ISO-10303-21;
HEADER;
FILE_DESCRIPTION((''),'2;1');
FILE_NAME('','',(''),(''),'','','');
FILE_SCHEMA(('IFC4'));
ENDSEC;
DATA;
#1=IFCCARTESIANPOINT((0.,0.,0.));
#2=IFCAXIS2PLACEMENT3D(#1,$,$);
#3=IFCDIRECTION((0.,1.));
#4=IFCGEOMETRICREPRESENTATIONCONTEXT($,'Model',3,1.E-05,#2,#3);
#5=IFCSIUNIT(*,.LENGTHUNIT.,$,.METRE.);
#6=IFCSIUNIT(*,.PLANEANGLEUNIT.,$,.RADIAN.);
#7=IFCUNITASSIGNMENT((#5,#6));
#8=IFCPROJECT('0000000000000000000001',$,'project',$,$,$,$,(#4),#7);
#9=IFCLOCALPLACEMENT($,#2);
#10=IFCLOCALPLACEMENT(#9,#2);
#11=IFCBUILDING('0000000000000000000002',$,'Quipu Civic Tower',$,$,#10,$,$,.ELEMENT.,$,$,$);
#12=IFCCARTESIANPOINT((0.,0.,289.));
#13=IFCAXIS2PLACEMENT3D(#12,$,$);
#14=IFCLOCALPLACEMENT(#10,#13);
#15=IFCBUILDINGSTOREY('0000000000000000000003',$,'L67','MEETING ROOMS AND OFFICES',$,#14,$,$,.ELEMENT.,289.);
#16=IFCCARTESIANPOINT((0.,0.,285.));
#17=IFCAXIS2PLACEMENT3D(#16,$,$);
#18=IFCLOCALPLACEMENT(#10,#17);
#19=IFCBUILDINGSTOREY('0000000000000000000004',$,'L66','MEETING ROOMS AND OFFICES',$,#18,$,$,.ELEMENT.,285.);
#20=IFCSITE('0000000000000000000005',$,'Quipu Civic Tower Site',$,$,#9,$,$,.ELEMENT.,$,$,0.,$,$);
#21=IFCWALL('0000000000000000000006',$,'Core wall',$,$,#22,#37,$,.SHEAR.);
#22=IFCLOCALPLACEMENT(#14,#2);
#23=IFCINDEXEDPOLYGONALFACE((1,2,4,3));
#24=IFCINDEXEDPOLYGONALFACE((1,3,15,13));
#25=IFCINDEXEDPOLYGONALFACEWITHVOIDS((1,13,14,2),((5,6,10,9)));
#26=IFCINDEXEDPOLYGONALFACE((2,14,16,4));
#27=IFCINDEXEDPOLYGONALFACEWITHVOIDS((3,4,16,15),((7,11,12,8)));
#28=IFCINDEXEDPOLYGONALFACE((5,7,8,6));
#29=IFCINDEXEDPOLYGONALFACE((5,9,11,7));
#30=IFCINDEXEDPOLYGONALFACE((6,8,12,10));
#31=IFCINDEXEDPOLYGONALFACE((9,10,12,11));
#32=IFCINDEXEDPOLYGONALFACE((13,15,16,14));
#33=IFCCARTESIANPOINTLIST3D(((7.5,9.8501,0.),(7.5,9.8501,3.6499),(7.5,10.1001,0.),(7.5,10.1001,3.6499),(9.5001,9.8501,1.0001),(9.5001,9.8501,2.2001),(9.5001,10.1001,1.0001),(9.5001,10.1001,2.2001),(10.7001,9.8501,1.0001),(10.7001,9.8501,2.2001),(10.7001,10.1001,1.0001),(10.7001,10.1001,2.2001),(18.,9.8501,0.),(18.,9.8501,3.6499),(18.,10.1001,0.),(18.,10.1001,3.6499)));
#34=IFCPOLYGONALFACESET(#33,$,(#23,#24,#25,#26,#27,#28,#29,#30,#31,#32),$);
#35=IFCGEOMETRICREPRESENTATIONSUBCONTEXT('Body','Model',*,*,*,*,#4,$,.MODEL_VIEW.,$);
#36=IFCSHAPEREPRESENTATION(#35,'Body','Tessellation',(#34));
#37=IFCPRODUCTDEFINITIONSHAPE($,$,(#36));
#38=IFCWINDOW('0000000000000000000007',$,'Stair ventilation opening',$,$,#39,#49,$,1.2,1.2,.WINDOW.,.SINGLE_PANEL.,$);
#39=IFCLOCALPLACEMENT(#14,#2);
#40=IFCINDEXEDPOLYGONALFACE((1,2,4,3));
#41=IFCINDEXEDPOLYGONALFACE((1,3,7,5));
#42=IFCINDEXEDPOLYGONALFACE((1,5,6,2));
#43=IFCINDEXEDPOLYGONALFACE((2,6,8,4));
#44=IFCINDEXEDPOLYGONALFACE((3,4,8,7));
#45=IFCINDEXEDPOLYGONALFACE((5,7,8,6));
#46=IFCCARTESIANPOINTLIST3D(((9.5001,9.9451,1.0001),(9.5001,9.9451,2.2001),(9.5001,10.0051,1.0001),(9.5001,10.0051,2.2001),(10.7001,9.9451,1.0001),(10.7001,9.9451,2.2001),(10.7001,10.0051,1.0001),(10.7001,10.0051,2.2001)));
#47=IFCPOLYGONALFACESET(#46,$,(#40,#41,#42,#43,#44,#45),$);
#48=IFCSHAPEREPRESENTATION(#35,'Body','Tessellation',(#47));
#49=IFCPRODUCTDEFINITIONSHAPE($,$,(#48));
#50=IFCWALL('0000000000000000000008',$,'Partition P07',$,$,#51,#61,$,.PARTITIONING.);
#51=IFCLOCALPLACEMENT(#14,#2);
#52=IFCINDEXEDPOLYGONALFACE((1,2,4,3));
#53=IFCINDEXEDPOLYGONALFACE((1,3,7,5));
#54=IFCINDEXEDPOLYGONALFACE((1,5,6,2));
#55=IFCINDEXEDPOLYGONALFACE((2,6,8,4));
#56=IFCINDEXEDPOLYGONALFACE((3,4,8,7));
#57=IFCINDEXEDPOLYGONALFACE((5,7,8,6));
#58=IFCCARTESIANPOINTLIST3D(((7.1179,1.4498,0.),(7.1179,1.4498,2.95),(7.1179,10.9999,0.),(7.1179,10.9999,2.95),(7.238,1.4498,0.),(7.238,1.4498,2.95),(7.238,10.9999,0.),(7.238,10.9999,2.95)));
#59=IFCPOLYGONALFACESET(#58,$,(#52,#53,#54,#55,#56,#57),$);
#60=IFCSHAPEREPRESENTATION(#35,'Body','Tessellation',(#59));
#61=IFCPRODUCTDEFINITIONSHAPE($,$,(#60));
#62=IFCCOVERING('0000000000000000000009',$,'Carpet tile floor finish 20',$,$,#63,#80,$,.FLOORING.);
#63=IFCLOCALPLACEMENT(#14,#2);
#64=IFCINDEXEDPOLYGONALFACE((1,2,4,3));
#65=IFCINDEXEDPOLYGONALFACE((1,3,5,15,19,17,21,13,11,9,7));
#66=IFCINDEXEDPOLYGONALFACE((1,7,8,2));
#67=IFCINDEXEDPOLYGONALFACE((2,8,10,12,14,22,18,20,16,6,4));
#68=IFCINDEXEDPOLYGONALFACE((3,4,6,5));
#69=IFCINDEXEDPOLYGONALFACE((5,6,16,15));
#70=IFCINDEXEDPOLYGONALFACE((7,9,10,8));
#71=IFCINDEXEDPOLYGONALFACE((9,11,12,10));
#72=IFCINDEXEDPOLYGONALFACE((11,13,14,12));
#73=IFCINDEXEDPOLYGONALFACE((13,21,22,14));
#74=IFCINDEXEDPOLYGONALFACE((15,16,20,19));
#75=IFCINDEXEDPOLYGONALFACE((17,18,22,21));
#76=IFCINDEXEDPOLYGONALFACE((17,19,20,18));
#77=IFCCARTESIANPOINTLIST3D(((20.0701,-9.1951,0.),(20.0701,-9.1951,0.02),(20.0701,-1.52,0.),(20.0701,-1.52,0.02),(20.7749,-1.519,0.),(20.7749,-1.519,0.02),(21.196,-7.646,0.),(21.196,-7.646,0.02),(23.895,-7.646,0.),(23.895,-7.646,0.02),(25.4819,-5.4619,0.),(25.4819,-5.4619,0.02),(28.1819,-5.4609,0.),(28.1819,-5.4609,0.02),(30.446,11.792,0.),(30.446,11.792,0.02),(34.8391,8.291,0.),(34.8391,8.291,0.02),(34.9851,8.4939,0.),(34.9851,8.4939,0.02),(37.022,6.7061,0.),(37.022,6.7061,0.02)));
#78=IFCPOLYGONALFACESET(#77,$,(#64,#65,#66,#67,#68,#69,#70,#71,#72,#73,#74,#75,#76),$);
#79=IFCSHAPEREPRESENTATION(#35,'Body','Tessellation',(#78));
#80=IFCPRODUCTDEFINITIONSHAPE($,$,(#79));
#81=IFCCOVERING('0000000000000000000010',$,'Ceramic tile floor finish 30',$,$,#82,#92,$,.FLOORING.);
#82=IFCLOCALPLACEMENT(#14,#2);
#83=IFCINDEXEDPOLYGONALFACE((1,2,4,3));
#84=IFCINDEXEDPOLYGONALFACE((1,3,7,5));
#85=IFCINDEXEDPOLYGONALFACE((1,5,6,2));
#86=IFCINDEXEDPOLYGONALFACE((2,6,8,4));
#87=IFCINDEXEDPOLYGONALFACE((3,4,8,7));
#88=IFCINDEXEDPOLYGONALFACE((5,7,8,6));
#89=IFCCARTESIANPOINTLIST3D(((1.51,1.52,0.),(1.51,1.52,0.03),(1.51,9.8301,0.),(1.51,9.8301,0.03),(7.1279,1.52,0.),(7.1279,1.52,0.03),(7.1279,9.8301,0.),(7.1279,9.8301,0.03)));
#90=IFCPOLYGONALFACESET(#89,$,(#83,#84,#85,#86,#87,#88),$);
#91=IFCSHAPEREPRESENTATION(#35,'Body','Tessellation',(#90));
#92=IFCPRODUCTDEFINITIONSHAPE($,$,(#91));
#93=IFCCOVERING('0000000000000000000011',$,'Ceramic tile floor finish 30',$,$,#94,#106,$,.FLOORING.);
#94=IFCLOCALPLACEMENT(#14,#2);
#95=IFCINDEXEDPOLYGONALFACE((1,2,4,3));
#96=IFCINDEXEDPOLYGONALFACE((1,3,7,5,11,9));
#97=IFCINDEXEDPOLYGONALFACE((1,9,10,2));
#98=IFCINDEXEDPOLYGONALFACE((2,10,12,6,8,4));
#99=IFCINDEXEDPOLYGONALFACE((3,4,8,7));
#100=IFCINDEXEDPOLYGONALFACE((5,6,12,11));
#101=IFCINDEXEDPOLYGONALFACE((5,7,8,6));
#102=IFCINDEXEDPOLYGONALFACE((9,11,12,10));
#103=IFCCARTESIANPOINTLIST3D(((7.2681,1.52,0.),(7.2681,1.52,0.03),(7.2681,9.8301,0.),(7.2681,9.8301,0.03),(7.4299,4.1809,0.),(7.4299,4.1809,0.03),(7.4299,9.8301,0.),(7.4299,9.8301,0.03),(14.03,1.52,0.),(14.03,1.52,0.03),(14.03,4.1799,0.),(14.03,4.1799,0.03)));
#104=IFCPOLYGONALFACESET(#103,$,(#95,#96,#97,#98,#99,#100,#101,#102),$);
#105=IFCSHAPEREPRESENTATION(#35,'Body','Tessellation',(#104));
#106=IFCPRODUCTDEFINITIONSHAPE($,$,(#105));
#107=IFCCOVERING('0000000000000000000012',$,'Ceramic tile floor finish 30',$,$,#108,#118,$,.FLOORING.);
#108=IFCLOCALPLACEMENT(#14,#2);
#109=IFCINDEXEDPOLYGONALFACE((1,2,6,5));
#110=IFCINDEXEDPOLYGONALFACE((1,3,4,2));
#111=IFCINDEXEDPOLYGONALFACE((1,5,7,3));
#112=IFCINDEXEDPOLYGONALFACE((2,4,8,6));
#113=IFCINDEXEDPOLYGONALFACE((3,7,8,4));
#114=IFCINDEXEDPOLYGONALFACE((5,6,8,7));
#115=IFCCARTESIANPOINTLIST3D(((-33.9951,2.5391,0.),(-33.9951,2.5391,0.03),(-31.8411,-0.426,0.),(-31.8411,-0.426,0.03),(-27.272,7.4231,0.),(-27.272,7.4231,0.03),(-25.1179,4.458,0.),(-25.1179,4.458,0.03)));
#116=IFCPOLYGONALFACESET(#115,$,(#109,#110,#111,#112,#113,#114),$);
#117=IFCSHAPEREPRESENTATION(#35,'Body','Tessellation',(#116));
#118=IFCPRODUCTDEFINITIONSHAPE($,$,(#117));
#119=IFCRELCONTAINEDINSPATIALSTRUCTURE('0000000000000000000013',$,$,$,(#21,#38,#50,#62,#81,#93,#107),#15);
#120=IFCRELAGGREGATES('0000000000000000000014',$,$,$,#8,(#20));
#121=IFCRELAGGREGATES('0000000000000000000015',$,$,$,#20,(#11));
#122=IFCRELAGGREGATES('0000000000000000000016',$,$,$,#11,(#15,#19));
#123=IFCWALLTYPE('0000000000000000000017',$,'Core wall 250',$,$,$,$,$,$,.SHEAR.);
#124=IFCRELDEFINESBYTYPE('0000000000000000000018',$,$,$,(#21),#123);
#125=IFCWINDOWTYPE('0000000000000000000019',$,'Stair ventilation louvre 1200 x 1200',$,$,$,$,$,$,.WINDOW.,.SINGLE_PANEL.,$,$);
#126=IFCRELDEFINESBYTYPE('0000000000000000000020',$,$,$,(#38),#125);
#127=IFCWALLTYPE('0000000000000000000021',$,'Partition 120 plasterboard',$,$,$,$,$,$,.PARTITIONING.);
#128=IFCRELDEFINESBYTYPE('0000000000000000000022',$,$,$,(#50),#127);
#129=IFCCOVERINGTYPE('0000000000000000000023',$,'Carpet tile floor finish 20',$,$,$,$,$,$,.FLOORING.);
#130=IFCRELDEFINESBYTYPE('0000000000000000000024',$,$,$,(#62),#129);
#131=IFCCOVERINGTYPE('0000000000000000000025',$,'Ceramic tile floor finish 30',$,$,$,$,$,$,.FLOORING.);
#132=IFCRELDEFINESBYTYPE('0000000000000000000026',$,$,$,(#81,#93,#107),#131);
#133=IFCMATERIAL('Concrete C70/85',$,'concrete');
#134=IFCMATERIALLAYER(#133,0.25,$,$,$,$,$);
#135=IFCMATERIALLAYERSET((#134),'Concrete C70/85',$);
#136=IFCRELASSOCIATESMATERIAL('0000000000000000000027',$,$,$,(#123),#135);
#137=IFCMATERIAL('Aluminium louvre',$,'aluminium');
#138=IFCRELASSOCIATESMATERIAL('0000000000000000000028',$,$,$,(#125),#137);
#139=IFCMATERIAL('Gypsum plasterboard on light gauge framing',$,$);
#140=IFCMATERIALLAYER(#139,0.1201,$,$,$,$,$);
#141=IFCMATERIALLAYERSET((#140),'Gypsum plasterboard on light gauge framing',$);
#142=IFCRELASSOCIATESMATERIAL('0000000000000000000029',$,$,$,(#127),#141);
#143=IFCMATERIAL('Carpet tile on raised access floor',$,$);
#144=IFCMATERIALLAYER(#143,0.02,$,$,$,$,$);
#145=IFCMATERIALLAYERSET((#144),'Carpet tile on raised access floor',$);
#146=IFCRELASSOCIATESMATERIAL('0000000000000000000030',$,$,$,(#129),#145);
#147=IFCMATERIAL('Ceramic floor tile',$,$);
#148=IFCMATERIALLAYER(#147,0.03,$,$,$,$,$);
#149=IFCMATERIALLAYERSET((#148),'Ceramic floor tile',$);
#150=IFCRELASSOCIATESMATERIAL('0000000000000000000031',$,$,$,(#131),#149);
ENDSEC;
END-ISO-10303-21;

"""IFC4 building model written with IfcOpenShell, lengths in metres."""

from ifc_helpers import new_model, si_unit, direction, frame, frame_2d, origin, place, context, subcontext, project, spatial, polyline, rectangle, outline, extrude, material, layer, layer_set, type_object, element, fill, save


model = new_model("IFC4")

# Units and contexts
model_context = context("Model", 3, precision=1e-05, world=origin(), true_north=direction((0.0, 1.0)))
body_context = subcontext(model_context, "Body", "Model", "MODEL_VIEW")
ifc_project = project(units=[si_unit("LENGTHUNIT", "METRE"), si_unit("PLANEANGLEUNIT", "RADIAN")], contexts=[model_context])

# Site, building, storey
site_placement = place(None, origin())
site = spatial("IfcSite", under=ifc_project, at=site_placement, Name="Quipu Civic Tower Site", CompositionType="ELEMENT", RefElevation=0.0)
building_placement = place(site_placement, origin())
building = spatial("IfcBuilding", under=site, at=building_placement, Name="Quipu Civic Tower", CompositionType="ELEMENT")
storey_1_placement = place(building_placement, frame((0.0, 0.0, 289.0)))
storey_1 = spatial("IfcBuildingStorey", under=building, at=storey_1_placement, Name="L67", Description="MEETING ROOMS AND OFFICES", CompositionType="ELEMENT", Elevation=289.0)

# Shared definitions
storey_2_placement = place(building_placement, frame((0.0, 0.0, 285.0)))
storey_2 = spatial("IfcBuildingStorey", under=building, at=storey_2_placement, Name="L66", Description="MEETING ROOMS AND OFFICES", CompositionType="ELEMENT", Elevation=285.0)

# Shared definitions
ifc_material_1 = material(Name="Concrete C70/85", Category="concrete")
ifc_layer_1 = layer(ifc_material_1, 0.25)
ifc_layer_set_1 = layer_set([ifc_layer_1], Name="Concrete C70/85")
wall_type_1 = type_object("IfcWallType", Name="Core wall 250", PredefinedType="SHEAR", material=ifc_layer_set_1)

# Wall, opening, window
wall_1_placement = place(storey_1_placement, frame((7.5, 9.9751, 0.0), z_axis=(0.0, 0.0, 1.0), x_axis=(1.0, 0.0, 0.0)))
wall_1 = element("IfcWall", 1, at=wall_1_placement, inside=storey_1, type_object=wall_type_1, Name="Core wall", PredefinedType="SHEAR", context=body_context, shape_type="SweptSolid", body=[
    extrude(rectangle(XDim=10.5, YDim=0.25, at=frame_2d((5.25, 0.0))), origin(), (0.0, 0.0, 1.0), 3.6499),
])
opening_1_placement = place(wall_1_placement, frame((2.0, 0.0, 1.0)))
opening_1 = element("IfcOpeningElement", 2, at=opening_1_placement, cuts=wall_1, PredefinedType="OPENING", context=body_context, shape_type="SweptSolid", body=[
    extrude(rectangle(XDim=1.2, YDim=1.2, at=frame_2d((0.6001, 0.6001))), frame((0.0, 0.135, 0.0), z_axis=(0.0, -1.0, 0.0), x_axis=(1.0, 0.0, 0.0)), (0.0, 0.0, 1.0), 0.27),
])
ifc_material_2 = material(Name="Aluminium louvre", Category="aluminium")
window_type = type_object("IfcWindowType", Name="Stair ventilation louvre 1200 x 1200", PartitioningType="SINGLE_PANEL", PredefinedType="WINDOW", material=ifc_material_2)
window_placement = place(opening_1_placement, origin())
window = element("IfcWindow", 3, at=window_placement, inside=storey_1, type_object=window_type, Name="Stair ventilation opening", OverallHeight=1.2, OverallWidth=1.2, PartitioningType="SINGLE_PANEL", PredefinedType="WINDOW", context=body_context, shape_type="SweptSolid", body=[
    extrude(rectangle(XDim=1.2, YDim=1.2, at=frame_2d((0.6001, 0.6001))), frame((0.0, 0.03, 0.0), z_axis=(0.0, -1.0, 0.0), x_axis=(1.0, 0.0, 0.0)), (0.0, 0.0, 1.0), 0.0601),
])
fill(opening_1, window)

# Wall
ifc_material_3 = material(Name="Gypsum plasterboard on light gauge framing")
ifc_layer_2 = layer(ifc_material_3, 0.1201)
ifc_layer_set_2 = layer_set([ifc_layer_2], Name="Gypsum plasterboard on light gauge framing")
wall_type_2 = type_object("IfcWallType", Name="Partition 120 plasterboard", PredefinedType="PARTITIONING", material=ifc_layer_set_2)
wall_2_placement = place(storey_1_placement, frame((7.178, 1.45, 0.0), z_axis=(0.0, 0.0, 1.0), x_axis=(0.0, 1.0, 0.0)))
element("IfcWall", 4, at=wall_2_placement, inside=storey_1, type_object=wall_type_2, Name="Partition P07", PredefinedType="PARTITIONING", context=body_context, shape_type="SweptSolid", body=[
    extrude(rectangle(XDim=9.55, YDim=0.1201, at=frame_2d((4.7749, 0.0))), origin(), (0.0, 0.0, 1.0), 2.95),
])

# Coverings
ifc_material_4 = material(Name="Carpet tile on raised access floor")
ifc_layer_3 = layer(ifc_material_4, 0.02)
ifc_layer_set_3 = layer_set([ifc_layer_3], Name="Carpet tile on raised access floor")
covering_type_1 = type_object("IfcCoveringType", Name="Carpet tile floor finish 20", PredefinedType="FLOORING", material=ifc_layer_set_3)
covering_1_placement = place(storey_1_placement, origin())
element("IfcCovering", 5, at=covering_1_placement, inside=storey_1, type_object=covering_type_1, Name="Carpet tile floor finish 20", PredefinedType="FLOORING", context=body_context, shape_type="SweptSolid", body=[
    extrude(outline(polyline([(20.0701, -9.1951), (20.0701, -1.52), (20.7749, -1.519), (30.446, 11.792), (34.9851, 8.4939), (34.8391, 8.291), (37.022, 6.7061), (28.1819, -5.4609), (25.4819, -5.4619), (23.895, -7.646), (21.196, -7.646), (20.0701, -9.1951)])), origin(), (0.0, 0.0, 1.0), 0.02),
])
ifc_material_5 = material(Name="Ceramic floor tile")
ifc_layer_4 = layer(ifc_material_5, 0.03)
ifc_layer_set_4 = layer_set([ifc_layer_4], Name="Ceramic floor tile")
covering_type_2 = type_object("IfcCoveringType", Name="Ceramic tile floor finish 30", PredefinedType="FLOORING", material=ifc_layer_set_4)
covering_2_placement = place(storey_1_placement, origin())
element("IfcCovering", 6, at=covering_2_placement, inside=storey_1, type_object=covering_type_2, Name="Ceramic tile floor finish 30", PredefinedType="FLOORING", context=body_context, shape_type="SweptSolid", body=[
    extrude(outline(polyline([(1.51, 9.8301), (7.1279, 9.8301), (7.1279, 1.52), (1.51, 1.52), (1.51, 9.8301)])), origin(), (0.0, 0.0, 1.0), 0.03),
])
covering_3_placement = place(storey_1_placement, origin())
element("IfcCovering", 7, at=covering_3_placement, inside=storey_1, type_object=covering_type_2, Name="Ceramic tile floor finish 30", PredefinedType="FLOORING", context=body_context, shape_type="SweptSolid", body=[
    extrude(outline(polyline([(7.2681, 1.52), (7.2681, 9.8301), (7.4299, 9.8301), (7.4299, 4.1809), (14.03, 4.1799), (14.03, 1.52), (7.2681, 1.52)])), origin(), (0.0, 0.0, 1.0), 0.03),
])
covering_4_placement = place(storey_1_placement, origin())
element("IfcCovering", 8, at=covering_4_placement, inside=storey_1, type_object=covering_type_2, Name="Ceramic tile floor finish 30", PredefinedType="FLOORING", context=body_context, shape_type="SweptSolid", body=[
    extrude(outline(polyline([(-33.9951, 2.5391), (-27.272, 7.4231), (-25.1179, 4.458), (-31.8411, -0.426), (-33.9951, 2.5391)])), origin(), (0.0, 0.0, 1.0), 0.03),
])

save(model, "model.ifc")
